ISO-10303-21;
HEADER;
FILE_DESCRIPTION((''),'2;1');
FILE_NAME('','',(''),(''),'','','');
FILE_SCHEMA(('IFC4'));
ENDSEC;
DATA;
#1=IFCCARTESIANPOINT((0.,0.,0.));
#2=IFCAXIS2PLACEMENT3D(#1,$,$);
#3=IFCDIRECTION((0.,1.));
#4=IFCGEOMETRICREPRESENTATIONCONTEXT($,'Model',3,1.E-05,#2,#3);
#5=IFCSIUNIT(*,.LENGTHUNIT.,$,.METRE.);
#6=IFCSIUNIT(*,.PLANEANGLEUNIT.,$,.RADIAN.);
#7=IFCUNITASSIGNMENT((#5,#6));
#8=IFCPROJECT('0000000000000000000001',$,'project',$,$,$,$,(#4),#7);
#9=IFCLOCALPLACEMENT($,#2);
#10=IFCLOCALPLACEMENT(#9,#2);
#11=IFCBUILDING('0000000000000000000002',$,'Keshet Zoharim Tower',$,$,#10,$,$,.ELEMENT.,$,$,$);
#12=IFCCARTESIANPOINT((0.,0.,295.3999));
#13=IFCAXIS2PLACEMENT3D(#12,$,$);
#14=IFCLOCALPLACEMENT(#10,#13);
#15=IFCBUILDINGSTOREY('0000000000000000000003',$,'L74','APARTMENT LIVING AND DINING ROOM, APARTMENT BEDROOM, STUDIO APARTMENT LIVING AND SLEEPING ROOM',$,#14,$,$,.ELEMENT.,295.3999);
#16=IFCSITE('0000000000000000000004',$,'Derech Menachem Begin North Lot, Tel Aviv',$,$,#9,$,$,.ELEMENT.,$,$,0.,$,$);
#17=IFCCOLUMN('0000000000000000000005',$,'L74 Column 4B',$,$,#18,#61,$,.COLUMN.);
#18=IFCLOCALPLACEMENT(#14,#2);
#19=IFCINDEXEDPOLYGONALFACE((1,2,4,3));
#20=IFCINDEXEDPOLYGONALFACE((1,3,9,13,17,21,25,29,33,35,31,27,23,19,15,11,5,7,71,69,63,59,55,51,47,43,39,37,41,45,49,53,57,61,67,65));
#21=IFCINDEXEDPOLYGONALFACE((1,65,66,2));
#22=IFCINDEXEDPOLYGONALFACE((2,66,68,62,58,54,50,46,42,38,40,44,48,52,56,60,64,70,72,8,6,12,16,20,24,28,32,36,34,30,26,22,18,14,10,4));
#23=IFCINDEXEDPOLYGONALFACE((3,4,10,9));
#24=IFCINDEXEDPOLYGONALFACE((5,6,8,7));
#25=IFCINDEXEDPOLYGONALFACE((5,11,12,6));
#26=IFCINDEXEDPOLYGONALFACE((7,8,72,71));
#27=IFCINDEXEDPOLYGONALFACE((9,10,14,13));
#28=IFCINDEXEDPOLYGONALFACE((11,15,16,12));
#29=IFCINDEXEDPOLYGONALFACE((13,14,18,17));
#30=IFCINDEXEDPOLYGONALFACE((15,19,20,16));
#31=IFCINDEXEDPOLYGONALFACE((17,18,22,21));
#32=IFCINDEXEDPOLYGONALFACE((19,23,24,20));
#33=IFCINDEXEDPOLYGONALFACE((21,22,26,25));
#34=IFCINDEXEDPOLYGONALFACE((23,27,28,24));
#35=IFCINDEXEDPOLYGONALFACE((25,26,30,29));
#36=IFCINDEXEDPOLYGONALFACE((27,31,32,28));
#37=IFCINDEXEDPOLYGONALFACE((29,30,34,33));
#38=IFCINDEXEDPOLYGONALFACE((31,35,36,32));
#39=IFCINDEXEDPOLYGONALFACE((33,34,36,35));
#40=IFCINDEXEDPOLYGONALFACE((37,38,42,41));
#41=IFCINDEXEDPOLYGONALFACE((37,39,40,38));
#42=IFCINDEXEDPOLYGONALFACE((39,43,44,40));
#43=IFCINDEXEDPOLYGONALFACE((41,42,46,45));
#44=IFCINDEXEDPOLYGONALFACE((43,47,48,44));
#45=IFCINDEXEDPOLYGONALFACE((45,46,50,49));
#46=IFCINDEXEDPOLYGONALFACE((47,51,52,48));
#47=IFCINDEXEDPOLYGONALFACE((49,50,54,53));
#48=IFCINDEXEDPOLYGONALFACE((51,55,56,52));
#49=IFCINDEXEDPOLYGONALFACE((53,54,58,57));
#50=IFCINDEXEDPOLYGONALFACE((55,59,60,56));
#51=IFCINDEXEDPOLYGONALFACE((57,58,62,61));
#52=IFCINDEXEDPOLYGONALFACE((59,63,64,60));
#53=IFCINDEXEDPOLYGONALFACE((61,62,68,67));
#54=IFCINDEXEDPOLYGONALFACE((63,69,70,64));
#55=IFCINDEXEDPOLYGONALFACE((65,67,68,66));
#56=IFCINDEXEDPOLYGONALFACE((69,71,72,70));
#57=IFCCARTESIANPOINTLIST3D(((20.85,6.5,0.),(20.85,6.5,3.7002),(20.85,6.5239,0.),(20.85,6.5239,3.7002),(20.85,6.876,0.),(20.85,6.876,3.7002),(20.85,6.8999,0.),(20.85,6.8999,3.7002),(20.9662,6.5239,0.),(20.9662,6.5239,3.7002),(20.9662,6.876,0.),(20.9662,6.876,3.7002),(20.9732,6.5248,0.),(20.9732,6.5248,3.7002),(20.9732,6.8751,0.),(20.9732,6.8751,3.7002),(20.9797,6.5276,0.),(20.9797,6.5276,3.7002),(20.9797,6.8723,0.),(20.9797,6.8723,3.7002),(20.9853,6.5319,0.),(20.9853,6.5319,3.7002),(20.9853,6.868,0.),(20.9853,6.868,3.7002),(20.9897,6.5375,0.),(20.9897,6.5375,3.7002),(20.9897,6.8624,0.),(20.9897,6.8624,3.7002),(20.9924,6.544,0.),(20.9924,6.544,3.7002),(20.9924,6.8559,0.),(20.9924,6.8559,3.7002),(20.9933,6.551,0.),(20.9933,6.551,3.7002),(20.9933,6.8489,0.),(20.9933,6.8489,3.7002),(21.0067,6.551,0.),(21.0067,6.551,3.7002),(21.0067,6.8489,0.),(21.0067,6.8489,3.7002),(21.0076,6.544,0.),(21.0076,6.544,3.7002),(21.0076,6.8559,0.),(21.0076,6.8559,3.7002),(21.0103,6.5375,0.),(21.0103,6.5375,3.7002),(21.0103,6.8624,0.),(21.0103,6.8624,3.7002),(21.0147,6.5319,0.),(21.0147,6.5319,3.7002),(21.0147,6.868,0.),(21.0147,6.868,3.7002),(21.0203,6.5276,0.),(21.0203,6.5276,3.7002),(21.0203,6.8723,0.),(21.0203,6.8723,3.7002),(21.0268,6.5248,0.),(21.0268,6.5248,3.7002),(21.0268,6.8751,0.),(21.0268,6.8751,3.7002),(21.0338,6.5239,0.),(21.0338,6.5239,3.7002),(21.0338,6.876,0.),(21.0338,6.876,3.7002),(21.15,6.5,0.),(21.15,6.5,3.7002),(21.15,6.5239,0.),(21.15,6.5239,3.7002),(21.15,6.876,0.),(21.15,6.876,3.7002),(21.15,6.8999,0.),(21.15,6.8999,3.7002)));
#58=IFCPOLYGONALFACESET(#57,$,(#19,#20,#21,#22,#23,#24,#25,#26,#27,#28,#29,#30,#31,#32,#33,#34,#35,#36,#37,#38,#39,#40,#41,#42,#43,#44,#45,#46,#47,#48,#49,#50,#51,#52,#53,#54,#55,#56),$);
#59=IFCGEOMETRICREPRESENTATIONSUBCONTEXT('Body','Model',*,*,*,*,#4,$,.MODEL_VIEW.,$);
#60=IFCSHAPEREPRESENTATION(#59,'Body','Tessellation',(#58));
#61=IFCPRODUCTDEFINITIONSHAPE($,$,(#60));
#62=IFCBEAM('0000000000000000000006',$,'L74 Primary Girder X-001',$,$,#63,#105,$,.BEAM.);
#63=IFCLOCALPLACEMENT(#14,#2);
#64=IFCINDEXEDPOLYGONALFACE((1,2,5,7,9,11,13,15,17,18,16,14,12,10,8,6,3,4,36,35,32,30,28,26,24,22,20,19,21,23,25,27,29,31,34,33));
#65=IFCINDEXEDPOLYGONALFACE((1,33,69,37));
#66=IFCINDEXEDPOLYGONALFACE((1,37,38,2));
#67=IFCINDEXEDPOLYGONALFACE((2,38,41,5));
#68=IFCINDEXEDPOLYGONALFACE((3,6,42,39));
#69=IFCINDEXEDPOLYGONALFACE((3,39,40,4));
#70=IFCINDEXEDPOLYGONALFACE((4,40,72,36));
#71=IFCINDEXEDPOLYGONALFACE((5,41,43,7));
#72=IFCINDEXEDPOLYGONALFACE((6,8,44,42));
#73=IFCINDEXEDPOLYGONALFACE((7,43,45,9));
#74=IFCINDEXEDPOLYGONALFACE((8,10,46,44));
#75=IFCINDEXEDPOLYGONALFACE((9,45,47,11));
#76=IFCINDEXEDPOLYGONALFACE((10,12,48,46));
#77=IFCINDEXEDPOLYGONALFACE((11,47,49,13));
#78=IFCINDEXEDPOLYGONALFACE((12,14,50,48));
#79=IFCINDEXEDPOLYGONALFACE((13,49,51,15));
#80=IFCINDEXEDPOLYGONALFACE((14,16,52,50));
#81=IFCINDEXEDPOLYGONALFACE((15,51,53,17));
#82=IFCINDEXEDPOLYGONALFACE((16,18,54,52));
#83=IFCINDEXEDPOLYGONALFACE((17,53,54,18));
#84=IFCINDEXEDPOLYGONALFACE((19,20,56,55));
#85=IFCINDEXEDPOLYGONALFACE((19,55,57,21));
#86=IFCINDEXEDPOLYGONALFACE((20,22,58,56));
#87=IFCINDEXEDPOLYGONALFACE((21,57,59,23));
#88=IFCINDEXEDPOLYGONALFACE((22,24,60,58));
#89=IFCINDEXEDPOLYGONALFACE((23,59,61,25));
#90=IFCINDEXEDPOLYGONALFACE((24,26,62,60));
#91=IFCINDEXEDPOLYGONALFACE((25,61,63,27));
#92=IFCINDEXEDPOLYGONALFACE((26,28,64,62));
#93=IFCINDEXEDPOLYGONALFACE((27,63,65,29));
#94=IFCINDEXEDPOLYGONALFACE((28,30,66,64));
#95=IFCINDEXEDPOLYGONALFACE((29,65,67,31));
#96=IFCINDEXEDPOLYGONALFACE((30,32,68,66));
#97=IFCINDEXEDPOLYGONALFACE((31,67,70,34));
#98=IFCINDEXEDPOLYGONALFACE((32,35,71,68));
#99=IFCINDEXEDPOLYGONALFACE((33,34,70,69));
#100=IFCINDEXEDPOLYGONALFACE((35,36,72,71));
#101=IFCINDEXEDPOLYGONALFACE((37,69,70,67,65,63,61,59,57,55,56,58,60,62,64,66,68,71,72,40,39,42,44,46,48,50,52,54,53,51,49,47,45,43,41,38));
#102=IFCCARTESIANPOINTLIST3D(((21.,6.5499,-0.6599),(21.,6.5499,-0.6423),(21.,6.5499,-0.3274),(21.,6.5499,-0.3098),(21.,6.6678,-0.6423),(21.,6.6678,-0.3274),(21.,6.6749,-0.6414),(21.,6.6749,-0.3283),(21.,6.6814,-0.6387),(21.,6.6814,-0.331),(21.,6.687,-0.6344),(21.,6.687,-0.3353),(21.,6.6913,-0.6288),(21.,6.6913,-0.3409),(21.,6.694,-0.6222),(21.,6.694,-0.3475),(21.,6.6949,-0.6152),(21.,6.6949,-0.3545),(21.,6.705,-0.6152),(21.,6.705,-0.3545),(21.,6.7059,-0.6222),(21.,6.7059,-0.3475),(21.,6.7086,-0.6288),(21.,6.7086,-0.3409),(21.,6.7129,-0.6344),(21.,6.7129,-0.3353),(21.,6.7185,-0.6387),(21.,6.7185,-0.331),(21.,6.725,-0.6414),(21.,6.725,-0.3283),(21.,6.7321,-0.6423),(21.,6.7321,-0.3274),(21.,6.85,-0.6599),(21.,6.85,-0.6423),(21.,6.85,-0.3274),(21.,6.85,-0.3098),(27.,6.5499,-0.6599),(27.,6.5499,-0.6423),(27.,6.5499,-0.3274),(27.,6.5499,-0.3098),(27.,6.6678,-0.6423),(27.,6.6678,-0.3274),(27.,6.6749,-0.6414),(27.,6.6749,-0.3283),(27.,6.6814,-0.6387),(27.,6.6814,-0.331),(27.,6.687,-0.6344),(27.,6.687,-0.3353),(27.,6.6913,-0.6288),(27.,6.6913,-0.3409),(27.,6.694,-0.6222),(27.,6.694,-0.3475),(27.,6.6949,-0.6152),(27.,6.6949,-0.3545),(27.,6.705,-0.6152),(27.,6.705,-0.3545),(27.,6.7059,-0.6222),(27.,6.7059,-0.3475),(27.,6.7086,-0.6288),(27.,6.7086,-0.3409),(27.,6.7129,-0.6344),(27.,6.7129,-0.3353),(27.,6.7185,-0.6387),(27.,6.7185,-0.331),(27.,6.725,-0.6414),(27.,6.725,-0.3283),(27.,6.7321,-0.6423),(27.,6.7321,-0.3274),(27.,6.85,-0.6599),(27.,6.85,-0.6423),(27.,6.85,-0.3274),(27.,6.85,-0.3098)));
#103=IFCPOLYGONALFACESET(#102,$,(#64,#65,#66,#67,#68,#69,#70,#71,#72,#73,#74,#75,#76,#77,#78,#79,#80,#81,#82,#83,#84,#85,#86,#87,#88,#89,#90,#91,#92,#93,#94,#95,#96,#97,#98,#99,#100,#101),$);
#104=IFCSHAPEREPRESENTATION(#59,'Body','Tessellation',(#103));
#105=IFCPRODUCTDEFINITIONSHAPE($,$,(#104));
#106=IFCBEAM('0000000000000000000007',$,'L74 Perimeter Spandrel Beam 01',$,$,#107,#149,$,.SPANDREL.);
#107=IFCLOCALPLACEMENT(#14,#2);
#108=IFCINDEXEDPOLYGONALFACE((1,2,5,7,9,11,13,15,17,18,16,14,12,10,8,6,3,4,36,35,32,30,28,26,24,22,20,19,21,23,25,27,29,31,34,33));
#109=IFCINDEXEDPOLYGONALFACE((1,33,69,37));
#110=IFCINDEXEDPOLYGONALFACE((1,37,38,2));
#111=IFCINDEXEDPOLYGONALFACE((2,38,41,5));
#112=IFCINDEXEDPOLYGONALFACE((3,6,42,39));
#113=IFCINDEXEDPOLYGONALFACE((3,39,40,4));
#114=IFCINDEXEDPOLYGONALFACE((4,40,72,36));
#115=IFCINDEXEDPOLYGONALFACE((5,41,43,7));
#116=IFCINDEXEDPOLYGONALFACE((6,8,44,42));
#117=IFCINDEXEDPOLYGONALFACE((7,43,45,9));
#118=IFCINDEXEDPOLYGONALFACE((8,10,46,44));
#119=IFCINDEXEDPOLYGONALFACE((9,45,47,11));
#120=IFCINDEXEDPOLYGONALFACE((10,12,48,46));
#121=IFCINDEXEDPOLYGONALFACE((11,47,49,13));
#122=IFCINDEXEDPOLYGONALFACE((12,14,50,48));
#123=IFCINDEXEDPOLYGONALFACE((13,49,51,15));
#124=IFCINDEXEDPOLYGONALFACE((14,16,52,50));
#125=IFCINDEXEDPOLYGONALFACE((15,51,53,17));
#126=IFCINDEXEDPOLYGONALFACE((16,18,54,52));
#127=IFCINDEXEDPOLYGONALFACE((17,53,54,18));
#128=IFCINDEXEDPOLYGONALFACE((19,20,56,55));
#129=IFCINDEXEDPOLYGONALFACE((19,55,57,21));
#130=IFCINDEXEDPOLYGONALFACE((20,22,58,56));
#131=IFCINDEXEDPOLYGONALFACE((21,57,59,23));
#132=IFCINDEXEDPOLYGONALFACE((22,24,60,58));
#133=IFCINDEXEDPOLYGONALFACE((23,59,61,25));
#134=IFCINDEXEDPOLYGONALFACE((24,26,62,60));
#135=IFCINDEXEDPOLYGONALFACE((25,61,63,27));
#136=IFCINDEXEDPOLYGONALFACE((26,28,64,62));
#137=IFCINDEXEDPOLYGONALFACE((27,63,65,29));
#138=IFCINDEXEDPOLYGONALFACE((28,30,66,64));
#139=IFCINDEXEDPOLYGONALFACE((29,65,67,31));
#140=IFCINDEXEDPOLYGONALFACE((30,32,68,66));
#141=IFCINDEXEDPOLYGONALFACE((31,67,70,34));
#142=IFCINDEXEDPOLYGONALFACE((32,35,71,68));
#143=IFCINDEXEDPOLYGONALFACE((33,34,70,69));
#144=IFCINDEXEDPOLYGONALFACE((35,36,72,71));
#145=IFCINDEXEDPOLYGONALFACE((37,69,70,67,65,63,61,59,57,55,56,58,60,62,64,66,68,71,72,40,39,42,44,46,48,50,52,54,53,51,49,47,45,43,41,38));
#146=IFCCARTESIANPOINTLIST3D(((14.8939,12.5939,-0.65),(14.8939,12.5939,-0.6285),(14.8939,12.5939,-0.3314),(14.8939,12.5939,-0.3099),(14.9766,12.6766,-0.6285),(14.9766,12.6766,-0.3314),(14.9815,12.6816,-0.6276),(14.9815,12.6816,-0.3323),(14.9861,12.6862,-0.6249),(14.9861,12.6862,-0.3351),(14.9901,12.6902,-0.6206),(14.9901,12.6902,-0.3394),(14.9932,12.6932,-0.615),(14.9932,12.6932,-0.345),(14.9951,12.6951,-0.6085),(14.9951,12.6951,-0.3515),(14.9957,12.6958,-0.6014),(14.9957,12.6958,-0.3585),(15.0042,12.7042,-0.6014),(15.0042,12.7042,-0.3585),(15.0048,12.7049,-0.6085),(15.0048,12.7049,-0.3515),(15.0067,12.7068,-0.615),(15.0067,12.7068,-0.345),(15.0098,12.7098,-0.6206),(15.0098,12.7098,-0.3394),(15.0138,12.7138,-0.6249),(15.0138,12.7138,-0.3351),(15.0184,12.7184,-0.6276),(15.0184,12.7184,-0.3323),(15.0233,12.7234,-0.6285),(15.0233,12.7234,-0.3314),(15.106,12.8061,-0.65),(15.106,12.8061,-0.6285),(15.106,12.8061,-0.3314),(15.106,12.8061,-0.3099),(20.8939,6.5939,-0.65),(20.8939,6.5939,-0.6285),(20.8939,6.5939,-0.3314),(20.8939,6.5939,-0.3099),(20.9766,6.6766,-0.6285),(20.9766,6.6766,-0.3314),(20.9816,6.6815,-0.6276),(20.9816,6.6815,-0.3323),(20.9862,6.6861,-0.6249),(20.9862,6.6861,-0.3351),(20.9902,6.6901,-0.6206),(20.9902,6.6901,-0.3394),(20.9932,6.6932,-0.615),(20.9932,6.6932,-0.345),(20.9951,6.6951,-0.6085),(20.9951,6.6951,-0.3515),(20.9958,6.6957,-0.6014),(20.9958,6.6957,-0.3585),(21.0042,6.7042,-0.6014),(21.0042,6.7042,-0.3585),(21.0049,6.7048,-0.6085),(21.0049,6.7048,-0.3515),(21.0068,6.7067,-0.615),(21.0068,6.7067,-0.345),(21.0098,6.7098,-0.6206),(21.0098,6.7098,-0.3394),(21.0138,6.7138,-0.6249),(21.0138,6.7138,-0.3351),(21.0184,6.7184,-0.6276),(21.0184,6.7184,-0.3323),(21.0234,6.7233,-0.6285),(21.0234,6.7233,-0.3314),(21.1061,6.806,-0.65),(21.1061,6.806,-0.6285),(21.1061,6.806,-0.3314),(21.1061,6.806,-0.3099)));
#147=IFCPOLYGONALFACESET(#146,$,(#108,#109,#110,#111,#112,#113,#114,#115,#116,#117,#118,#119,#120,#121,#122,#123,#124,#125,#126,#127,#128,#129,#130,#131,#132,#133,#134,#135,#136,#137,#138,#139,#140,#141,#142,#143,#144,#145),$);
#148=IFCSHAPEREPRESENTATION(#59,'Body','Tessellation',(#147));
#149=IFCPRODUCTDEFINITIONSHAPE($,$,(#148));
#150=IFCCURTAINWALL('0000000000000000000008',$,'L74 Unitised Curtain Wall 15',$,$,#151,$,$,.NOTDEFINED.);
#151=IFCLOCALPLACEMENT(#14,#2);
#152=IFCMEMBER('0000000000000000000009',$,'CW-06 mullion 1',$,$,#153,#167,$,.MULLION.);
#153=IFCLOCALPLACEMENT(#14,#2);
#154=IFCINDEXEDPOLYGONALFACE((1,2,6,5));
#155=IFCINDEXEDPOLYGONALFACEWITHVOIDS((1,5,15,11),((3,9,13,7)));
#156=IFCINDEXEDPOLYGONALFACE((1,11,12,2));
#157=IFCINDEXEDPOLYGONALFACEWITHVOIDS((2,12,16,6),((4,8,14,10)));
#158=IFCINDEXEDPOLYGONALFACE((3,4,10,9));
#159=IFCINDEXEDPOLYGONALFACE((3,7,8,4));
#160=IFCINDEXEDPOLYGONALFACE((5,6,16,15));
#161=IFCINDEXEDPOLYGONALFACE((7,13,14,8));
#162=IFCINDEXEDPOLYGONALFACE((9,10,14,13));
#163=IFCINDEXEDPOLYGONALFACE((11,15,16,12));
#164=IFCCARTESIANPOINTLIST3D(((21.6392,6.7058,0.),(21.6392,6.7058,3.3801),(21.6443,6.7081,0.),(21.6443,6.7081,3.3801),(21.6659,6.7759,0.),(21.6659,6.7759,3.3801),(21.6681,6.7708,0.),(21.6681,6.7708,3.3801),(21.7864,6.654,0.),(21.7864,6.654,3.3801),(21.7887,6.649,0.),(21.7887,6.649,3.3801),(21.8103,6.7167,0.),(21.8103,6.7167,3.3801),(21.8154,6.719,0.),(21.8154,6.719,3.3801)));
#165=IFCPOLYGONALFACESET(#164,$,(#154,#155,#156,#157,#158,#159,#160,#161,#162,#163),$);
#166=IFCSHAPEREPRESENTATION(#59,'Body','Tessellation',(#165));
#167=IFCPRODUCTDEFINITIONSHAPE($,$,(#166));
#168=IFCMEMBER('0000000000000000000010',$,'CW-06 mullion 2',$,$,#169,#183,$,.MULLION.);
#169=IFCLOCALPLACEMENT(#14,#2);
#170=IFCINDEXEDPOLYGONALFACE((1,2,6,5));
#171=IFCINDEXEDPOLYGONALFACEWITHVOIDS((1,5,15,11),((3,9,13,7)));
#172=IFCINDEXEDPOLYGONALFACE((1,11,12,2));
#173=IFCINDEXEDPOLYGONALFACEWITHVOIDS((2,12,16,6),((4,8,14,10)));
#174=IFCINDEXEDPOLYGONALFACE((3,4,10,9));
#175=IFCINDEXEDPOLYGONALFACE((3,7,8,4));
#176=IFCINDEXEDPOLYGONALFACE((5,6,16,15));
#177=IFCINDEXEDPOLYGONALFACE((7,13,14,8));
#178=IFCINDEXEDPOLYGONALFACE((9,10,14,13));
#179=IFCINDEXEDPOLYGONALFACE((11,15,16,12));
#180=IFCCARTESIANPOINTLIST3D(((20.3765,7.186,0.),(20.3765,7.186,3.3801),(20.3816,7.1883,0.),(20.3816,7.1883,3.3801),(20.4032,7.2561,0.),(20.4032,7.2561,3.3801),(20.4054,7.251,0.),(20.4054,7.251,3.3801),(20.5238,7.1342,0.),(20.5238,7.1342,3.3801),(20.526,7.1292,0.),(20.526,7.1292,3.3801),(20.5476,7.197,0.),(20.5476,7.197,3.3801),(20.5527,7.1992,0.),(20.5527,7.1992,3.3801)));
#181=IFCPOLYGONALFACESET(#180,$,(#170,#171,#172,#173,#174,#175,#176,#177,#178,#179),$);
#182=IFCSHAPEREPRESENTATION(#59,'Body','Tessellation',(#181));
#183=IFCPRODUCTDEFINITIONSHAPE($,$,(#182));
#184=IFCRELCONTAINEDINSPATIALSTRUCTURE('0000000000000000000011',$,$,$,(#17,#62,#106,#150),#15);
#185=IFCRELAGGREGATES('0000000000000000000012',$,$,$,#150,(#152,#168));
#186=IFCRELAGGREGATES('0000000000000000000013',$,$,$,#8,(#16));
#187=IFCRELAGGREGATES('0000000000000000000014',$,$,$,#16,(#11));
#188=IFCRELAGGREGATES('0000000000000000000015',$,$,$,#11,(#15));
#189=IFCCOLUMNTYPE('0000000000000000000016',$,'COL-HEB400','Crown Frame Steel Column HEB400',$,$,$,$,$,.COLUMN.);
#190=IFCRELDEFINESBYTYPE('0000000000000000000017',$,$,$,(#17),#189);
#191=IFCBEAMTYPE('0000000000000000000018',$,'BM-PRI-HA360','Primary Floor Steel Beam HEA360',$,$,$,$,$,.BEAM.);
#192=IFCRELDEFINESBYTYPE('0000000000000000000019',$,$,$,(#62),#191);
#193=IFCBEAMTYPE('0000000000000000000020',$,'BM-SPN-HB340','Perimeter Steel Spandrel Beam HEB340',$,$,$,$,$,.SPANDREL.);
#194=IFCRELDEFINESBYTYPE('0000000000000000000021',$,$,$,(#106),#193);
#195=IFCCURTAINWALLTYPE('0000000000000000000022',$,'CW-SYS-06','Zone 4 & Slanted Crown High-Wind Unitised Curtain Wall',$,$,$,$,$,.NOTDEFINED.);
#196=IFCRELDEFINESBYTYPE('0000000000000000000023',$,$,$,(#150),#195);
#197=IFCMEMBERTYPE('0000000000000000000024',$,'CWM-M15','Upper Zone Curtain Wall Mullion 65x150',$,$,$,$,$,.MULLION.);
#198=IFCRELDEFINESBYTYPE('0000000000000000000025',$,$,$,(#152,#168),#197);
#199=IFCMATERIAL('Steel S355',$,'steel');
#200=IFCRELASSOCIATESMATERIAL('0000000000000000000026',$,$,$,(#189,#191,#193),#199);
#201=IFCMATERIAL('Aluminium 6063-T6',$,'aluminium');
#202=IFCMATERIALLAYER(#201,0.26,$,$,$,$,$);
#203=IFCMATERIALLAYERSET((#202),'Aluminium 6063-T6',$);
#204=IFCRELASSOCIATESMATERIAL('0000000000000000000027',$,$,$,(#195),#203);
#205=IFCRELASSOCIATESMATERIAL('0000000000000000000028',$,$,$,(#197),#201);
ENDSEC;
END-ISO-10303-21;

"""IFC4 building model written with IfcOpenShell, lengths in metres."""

from ifc_helpers import new_model, si_unit, direction, frame, origin, origin_2d, place, context, subcontext, project, spatial, hollow_rectangle, i_section, extrude, material, layer, layer_set, material_profile, profile_set, type_object, element, aggregate, save


model = new_model("IFC4")

# Units and contexts
model_context = context("Model", 3, precision=1e-05, world=origin(), true_north=direction((0.0, 1.0)))
body_context = subcontext(model_context, "Body", "Model", "MODEL_VIEW")
ifc_project = project(units=[si_unit("LENGTHUNIT", "METRE"), si_unit("PLANEANGLEUNIT", "RADIAN")], contexts=[model_context])

# Site, building, storey
site_placement = place(None, origin())
site = spatial("IfcSite", under=ifc_project, at=site_placement, Name="Derech Menachem Begin North Lot, Tel Aviv", CompositionType="ELEMENT", RefElevation=0.0)
building_placement = place(site_placement, origin())
building = spatial("IfcBuilding", under=site, at=building_placement, Name="Keshet Zoharim Tower", CompositionType="ELEMENT")
storey_placement = place(building_placement, frame((0.0, 0.0, 295.3999)))
storey = spatial("IfcBuildingStorey", under=building, at=storey_placement, Name="L74", Description="APARTMENT LIVING AND DINING ROOM, APARTMENT BEDROOM, STUDIO APARTMENT LIVING AND SLEEPING ROOM", CompositionType="ELEMENT", Elevation=295.3999)

# Column
ifc_material_1 = material(Name="Steel S355", Category="steel")
ifc_material_profile_1 = material_profile(ifc_material_1, i_section(OverallWidth=0.3, OverallDepth=0.3999, WebThickness=0.0134, FlangeThickness=0.0239, FilletRadius=0.0271, at=origin_2d()), Name="HEB400")
ifc_profile_set_1 = profile_set([ifc_material_profile_1], Name="Steel S355")
column_type = type_object("IfcColumnType", Name="COL-HEB400", Description="Crown Frame Steel Column HEB400", PredefinedType="COLUMN", material=ifc_profile_set_1)
column_placement = place(storey_placement, frame((21.0, 6.7, 0.0), z_axis=(0.0, 0.0, 1.0), x_axis=(1.0, 0.0, 0.0)))
element("IfcColumn", 1, at=column_placement, inside=storey, type_object=column_type, Name="L74 Column 4B", PredefinedType="COLUMN", context=body_context, shape_type="SweptSolid", body=[
    extrude(i_section(OverallWidth=0.3, OverallDepth=0.3999, WebThickness=0.0134, FlangeThickness=0.0239, FilletRadius=0.0271, at=origin_2d()), origin(), (0.0, 0.0, 1.0), 3.7002),
])

# Beams
ifc_material_profile_2 = material_profile(ifc_material_1, i_section(OverallWidth=0.3, OverallDepth=0.3501, WebThickness=0.01, FlangeThickness=0.0176, FilletRadius=0.0271, at=origin_2d()), Name="HEA360")
ifc_profile_set_2 = profile_set([ifc_material_profile_2], Name="Steel S355")
beam_type_1 = type_object("IfcBeamType", Name="BM-PRI-HA360", Description="Primary Floor Steel Beam HEA360", PredefinedType="BEAM", material=ifc_profile_set_2)
beam_1_placement = place(storey_placement, frame((21.0, 6.7, -0.4849), z_axis=(1.0, 0.0, 0.0), x_axis=(0.0, 1.0, 0.0)))
element("IfcBeam", 2, at=beam_1_placement, inside=storey, type_object=beam_type_1, Name="L74 Primary Girder X-001", PredefinedType="BEAM", context=body_context, shape_type="SweptSolid", body=[
    extrude(i_section(OverallWidth=0.3, OverallDepth=0.3501, WebThickness=0.01, FlangeThickness=0.0176, FilletRadius=0.0271, at=origin_2d()), origin(), (0.0, 0.0, 1.0), 6.0),
])
ifc_material_profile_3 = material_profile(ifc_material_1, i_section(OverallWidth=0.3, OverallDepth=0.3401, WebThickness=0.012, FlangeThickness=0.0215, FilletRadius=0.0271, at=origin_2d()), Name="HEB340")
ifc_profile_set_3 = profile_set([ifc_material_profile_3], Name="Steel S355")
beam_type_2 = type_object("IfcBeamType", Name="BM-SPN-HB340", Description="Perimeter Steel Spandrel Beam HEB340", PredefinedType="SPANDREL", material=ifc_profile_set_3)
beam_2_placement = place(storey_placement, frame((21.0, 6.7, -0.48), z_axis=(-0.707107, 0.707107, 0.0), x_axis=(-0.707107, -0.707107, 0.0)))
element("IfcBeam", 3, at=beam_2_placement, inside=storey, type_object=beam_type_2, Name="L74 Perimeter Spandrel Beam 01", PredefinedType="SPANDREL", context=body_context, shape_type="SweptSolid", body=[
    extrude(i_section(OverallWidth=0.3, OverallDepth=0.3401, WebThickness=0.012, FlangeThickness=0.0215, FilletRadius=0.0271, at=origin_2d()), origin(), (0.0, 0.0, 1.0), 8.4854),
])

# Curtain wall, members
ifc_material_2 = material(Name="Aluminium 6063-T6", Category="aluminium")
ifc_layer_1 = layer(ifc_material_2, 0.26)
ifc_layer_set_1 = layer_set([ifc_layer_1], Name="Aluminium 6063-T6")
curtain_wall_type = type_object("IfcCurtainWallType", Name="CW-SYS-06", Description="Zone 4 & Slanted Crown High-Wind Unitised Curtain Wall", PredefinedType="NOTDEFINED", material=ifc_layer_set_1)
curtain_wall_1_placement = place(storey_placement, origin())
curtain_wall_1 = element("IfcCurtainWall", 4, at=curtain_wall_1_placement, inside=storey, type_object=curtain_wall_type, Name="L74 Unitised Curtain Wall 15", PredefinedType="NOTDEFINED")
ifc_material_profile_4 = material_profile(ifc_material_2, hollow_rectangle(XDim=0.075, YDim=0.1599, WallThickness=0.0039, at=origin_2d()), Name="MUL-75x160")
ifc_profile_set_4 = profile_set([ifc_material_profile_4], Name="Aluminium 6063-T6")
member_type_1 = type_object("IfcMemberType", Name="CWM-M15", Description="Upper Zone Curtain Wall Mullion 65x150", PredefinedType="MULLION", material=ifc_profile_set_4)
member_1_placement = place(storey_placement, frame((21.7273, 6.7124, 0.0), z_axis=(0.0, 0.0, 1.0), x_axis=(-0.355439, -0.934699, 0.0)))
member_1 = element("IfcMember", 5, at=member_1_placement, type_object=member_type_1, Name="CW-06 mullion 1", PredefinedType="MULLION", context=body_context, shape_type="SweptSolid", body=[
    extrude(hollow_rectangle(XDim=0.075, YDim=0.1599, WallThickness=0.0039, at=origin_2d()), origin(), (0.0, 0.0, 1.0), 3.3801),
])
member_2_placement = place(storey_placement, frame((20.4646, 7.1926, 0.0), z_axis=(0.0, 0.0, 1.0), x_axis=(-0.355439, -0.934699, 0.0)))
member_2 = element("IfcMember", 6, at=member_2_placement, type_object=member_type_1, Name="CW-06 mullion 2", PredefinedType="MULLION", context=body_context, shape_type="SweptSolid", body=[
    extrude(hollow_rectangle(XDim=0.075, YDim=0.1599, WallThickness=0.0039, at=origin_2d()), origin(), (0.0, 0.0, 1.0), 3.3801),
])

aggregate(curtain_wall_1, [member_1, member_2])

save(model, "model.ifc")
